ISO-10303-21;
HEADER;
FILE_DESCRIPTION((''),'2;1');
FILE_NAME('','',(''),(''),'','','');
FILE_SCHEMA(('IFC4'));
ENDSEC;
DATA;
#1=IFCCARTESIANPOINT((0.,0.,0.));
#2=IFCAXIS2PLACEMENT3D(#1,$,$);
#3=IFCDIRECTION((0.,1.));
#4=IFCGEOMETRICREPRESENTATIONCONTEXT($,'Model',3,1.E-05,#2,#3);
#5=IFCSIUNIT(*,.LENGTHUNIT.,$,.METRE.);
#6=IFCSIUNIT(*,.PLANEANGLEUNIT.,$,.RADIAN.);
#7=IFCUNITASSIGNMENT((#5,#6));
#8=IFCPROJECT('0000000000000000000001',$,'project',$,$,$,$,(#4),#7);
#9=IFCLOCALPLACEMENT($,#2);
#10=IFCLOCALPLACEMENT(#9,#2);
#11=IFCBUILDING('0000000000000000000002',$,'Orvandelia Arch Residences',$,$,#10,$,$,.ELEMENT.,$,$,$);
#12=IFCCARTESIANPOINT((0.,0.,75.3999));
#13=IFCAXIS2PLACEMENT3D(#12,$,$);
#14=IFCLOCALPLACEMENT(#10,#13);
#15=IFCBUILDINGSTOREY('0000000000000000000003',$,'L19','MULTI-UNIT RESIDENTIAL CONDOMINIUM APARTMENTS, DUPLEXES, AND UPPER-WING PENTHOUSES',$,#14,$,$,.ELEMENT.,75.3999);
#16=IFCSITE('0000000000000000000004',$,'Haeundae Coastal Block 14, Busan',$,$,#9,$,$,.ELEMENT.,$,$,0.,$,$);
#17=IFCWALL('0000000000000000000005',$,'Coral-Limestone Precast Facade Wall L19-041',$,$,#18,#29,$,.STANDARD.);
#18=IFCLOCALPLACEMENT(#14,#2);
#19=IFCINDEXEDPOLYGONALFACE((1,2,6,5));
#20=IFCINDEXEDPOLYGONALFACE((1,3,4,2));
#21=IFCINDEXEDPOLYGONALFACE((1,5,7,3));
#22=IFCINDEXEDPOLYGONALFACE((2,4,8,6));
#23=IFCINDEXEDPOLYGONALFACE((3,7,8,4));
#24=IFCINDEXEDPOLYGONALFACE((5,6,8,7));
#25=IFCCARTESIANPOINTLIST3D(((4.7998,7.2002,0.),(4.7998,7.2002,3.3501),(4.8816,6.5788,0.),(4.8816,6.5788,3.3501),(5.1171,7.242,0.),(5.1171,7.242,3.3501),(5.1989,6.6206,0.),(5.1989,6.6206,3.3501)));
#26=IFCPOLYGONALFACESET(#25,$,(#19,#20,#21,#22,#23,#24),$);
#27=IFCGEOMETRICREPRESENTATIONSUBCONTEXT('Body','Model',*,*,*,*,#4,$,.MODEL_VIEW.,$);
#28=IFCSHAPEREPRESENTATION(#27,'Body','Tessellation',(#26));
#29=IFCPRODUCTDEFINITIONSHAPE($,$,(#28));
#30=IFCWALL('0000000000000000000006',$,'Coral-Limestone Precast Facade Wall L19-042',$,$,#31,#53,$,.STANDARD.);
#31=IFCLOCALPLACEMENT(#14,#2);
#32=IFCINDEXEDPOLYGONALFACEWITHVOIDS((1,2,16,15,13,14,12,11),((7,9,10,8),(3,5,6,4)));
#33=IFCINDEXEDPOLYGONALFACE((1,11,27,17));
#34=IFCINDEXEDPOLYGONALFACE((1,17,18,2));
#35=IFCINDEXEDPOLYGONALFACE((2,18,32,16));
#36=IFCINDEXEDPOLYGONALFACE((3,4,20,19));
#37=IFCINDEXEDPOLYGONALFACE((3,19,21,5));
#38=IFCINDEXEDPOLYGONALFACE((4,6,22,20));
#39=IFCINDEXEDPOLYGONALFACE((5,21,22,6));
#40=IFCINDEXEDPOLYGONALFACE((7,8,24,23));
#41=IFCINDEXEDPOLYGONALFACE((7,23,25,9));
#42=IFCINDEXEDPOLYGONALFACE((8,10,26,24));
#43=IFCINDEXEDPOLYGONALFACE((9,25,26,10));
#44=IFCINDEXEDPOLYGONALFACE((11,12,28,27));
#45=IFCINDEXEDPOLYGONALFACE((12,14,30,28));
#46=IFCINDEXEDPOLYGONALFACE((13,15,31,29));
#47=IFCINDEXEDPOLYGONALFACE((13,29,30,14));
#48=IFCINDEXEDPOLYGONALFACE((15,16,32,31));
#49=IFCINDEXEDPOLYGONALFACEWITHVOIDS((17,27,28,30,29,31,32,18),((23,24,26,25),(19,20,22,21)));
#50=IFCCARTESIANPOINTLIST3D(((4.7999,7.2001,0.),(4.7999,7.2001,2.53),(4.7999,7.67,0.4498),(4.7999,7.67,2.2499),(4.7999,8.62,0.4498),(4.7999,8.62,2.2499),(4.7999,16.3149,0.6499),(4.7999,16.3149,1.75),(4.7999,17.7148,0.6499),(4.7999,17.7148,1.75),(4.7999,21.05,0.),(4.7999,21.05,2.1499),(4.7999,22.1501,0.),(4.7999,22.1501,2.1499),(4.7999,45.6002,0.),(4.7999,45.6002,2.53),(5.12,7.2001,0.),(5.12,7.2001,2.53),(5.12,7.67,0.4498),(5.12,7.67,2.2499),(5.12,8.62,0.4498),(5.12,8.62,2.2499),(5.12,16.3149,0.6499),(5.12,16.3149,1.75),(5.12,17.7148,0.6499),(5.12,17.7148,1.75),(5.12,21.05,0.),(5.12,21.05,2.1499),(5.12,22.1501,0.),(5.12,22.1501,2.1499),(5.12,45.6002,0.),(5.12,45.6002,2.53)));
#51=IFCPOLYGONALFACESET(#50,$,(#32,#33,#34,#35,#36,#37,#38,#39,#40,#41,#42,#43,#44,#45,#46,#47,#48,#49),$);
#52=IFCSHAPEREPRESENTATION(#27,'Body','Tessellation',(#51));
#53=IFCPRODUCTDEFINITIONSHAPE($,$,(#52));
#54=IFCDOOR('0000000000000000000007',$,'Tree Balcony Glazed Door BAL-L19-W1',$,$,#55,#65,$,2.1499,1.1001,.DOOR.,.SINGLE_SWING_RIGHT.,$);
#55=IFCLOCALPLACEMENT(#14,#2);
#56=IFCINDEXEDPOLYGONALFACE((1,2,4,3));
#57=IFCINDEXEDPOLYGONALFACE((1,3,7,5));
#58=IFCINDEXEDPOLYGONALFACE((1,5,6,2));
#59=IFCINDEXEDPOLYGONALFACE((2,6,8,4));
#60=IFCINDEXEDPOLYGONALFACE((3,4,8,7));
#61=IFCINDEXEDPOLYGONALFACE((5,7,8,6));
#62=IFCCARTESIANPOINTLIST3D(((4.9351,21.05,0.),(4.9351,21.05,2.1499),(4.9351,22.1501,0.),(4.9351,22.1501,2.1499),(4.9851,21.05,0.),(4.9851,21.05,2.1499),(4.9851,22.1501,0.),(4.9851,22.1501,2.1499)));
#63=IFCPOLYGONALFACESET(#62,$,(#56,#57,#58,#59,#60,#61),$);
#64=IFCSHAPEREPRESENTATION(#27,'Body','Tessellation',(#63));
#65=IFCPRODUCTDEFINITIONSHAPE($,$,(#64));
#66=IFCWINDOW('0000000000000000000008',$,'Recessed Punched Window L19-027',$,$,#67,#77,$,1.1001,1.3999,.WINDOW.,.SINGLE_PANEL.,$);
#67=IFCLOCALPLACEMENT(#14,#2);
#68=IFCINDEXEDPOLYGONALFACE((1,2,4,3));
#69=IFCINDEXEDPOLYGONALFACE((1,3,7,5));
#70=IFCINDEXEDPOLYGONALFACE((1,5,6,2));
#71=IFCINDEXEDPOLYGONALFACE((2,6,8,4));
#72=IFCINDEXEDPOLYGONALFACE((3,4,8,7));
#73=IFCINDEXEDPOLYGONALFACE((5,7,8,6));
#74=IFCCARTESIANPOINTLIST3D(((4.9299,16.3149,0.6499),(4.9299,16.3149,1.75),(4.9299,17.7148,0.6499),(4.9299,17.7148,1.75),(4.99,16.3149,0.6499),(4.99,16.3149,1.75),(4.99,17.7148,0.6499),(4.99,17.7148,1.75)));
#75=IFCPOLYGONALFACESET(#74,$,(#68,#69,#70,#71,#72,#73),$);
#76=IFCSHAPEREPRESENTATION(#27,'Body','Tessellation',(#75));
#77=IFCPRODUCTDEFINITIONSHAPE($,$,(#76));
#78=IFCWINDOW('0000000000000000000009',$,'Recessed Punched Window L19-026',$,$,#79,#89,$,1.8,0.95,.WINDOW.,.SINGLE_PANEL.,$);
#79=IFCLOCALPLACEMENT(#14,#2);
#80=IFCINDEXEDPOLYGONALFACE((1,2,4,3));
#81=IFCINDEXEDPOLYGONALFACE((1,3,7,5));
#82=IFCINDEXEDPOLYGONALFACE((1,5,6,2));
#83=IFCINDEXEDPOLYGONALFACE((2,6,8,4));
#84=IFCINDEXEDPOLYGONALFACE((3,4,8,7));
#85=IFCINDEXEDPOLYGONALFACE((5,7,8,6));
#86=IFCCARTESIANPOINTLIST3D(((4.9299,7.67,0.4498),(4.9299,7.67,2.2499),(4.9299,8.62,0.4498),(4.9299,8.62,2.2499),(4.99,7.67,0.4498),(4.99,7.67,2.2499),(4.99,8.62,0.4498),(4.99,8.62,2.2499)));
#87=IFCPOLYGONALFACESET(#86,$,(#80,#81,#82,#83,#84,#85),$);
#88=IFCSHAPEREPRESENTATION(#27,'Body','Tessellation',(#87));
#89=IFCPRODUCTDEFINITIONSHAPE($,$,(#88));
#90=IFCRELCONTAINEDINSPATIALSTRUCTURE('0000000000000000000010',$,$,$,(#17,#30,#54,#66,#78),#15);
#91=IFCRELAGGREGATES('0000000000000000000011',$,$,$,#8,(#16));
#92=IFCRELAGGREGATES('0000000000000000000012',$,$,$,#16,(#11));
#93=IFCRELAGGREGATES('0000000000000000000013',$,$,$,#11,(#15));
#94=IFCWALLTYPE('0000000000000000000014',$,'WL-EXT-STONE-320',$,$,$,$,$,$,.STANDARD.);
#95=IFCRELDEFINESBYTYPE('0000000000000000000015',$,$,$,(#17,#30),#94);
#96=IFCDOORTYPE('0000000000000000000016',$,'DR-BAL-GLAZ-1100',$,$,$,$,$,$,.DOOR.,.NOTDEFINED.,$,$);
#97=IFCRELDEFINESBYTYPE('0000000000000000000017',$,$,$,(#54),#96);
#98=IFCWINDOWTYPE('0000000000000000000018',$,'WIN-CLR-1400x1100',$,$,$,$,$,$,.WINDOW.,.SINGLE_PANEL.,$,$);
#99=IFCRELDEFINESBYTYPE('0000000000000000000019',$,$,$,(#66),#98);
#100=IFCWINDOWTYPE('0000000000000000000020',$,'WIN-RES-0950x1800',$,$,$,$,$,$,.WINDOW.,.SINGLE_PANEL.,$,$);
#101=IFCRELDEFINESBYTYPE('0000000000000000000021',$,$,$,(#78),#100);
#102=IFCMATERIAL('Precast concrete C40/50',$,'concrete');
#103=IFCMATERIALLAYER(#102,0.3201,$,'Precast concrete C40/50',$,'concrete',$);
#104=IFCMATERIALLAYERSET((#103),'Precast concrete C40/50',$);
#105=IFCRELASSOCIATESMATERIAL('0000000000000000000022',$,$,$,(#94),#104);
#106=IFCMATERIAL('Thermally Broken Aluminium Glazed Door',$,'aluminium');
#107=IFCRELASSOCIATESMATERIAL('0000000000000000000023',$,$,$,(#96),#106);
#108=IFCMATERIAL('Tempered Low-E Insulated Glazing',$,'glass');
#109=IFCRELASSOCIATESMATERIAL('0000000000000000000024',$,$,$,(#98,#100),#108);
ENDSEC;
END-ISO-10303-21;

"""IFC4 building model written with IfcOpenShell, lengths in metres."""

from ifc_helpers import new_model, si_unit, direction, frame, frame_2d, origin, place, context, subcontext, project, spatial, rectangle, extrude, material, layer, layer_set, type_object, element, fill, save


model = new_model("IFC4")

# Units and contexts
model_context = context("Model", 3, precision=1e-05, world=origin(), true_north=direction((0.0, 1.0)))
body_context = subcontext(model_context, "Body", "Model", "MODEL_VIEW")
ifc_project = project(units=[si_unit("LENGTHUNIT", "METRE"), si_unit("PLANEANGLEUNIT", "RADIAN")], contexts=[model_context])

# Site, building, storey
site_placement = place(None, origin())
site = spatial("IfcSite", under=ifc_project, at=site_placement, Name="Haeundae Coastal Block 14, Busan", CompositionType="ELEMENT", RefElevation=0.0)
building_placement = place(site_placement, origin())
building = spatial("IfcBuilding", under=site, at=building_placement, Name="Orvandelia Arch Residences", CompositionType="ELEMENT")
storey_placement = place(building_placement, frame((0.0, 0.0, 75.3999)))
storey = spatial("IfcBuildingStorey", under=building, at=storey_placement, Name="L19", Description="MULTI-UNIT RESIDENTIAL CONDOMINIUM APARTMENTS, DUPLEXES, AND UPPER-WING PENTHOUSES", CompositionType="ELEMENT", Elevation=75.3999)

# Shared definitions
ifc_material_1 = material(Name="Precast concrete C40/50", Category="concrete")

# Wall
ifc_layer_1 = layer(ifc_material_1, 0.3201, Name="Precast concrete C40/50", Category="concrete")
ifc_layer_set_1 = layer_set([ifc_layer_1], Name="Precast concrete C40/50")
wall_type = type_object("IfcWallType", Name="WL-EXT-STONE-320", PredefinedType="STANDARD", material=ifc_layer_set_1)
wall_1_placement = place(storey_placement, frame((5.0403, 6.5996, 0.0), z_axis=(0.0, 0.0, 1.0), x_axis=(-0.130505, 0.991448, 0.0)))
element("IfcWall", 1, at=wall_1_placement, inside=storey, type_object=wall_type, Name="Coral-Limestone Precast Facade Wall L19-041", PredefinedType="STANDARD", context=body_context, shape_type="SweptSolid", body=[
    extrude(rectangle(XDim=0.6267, YDim=0.3201, at=frame_2d((0.3135, 0.0))), origin(), (0.0, 0.0, 1.0), 3.3501),
])

# Wall, openings, door, windows
wall_2_placement = place(storey_placement, frame((4.96, 7.2, 0.0), z_axis=(0.0, 0.0, 1.0), x_axis=(0.0, 1.0, 0.0)))
wall_2 = element("IfcWall", 2, at=wall_2_placement, inside=storey, type_object=wall_type, Name="Coral-Limestone Precast Facade Wall L19-042", PredefinedType="STANDARD", context=body_context, shape_type="SweptSolid", body=[
    extrude(rectangle(XDim=38.4001, YDim=0.3201, at=frame_2d((19.2002, 0.0))), origin(), (0.0, 0.0, 1.0), 2.53),
])
opening_1_placement = place(wall_2_placement, frame((13.8501, 0.0, 0.0)))
opening_1 = element("IfcOpeningElement", 3, at=opening_1_placement, cuts=wall_2, PredefinedType="OPENING", context=body_context, shape_type="SweptSolid", body=[
    extrude(rectangle(XDim=1.1001, YDim=2.1499, at=frame_2d((0.55, 1.075))), frame((0.0, 0.1699, 0.0), z_axis=(0.0, -1.0, 0.0), x_axis=(1.0, 0.0, 0.0)), (0.0, 0.0, 1.0), 0.3401),
])
opening_2_placement = place(wall_2_placement, frame((0.47, 0.0, 0.45)))
opening_2 = element("IfcOpeningElement", 4, at=opening_2_placement, cuts=wall_2, PredefinedType="OPENING", context=body_context, shape_type="SweptSolid", body=[
    extrude(rectangle(XDim=0.95, YDim=1.8, at=frame_2d((0.4751, 0.8999))), frame((0.0, 0.1699, 0.0), z_axis=(0.0, -1.0, 0.0), x_axis=(1.0, 0.0, 0.0)), (0.0, 0.0, 1.0), 0.3401),
])
opening_3_placement = place(wall_2_placement, frame((9.115, 0.0, 0.6499)))
opening_3 = element("IfcOpeningElement", 5, at=opening_3_placement, cuts=wall_2, PredefinedType="OPENING", context=body_context, shape_type="SweptSolid", body=[
    extrude(rectangle(XDim=1.3999, YDim=1.1001, at=frame_2d((0.7, 0.55))), frame((0.0, 0.1699, 0.0), z_axis=(0.0, -1.0, 0.0), x_axis=(1.0, 0.0, 0.0)), (0.0, 0.0, 1.0), 0.3401),
])
ifc_material_2 = material(Name="Thermally Broken Aluminium Glazed Door", Category="aluminium")
door_type = type_object("IfcDoorType", Name="DR-BAL-GLAZ-1100", OperationType="NOTDEFINED", PredefinedType="DOOR", material=ifc_material_2)
door_placement = place(opening_1_placement, origin())
door = element("IfcDoor", 6, at=door_placement, inside=storey, type_object=door_type, Name="Tree Balcony Glazed Door BAL-L19-W1", OperationType="SINGLE_SWING_RIGHT", OverallHeight=2.1499, OverallWidth=1.1001, PredefinedType="DOOR", context=body_context, shape_type="SweptSolid", body=[
    extrude(rectangle(XDim=1.1001, YDim=2.1499, at=frame_2d((0.55, 1.075))), frame((0.0, 0.0249, 0.0), z_axis=(0.0, -1.0, 0.0), x_axis=(1.0, 0.0, 0.0)), (0.0, 0.0, 1.0), 0.05),
])
fill(opening_1, door)
ifc_material_3 = material(Name="Tempered Low-E Insulated Glazing", Category="glass")
window_type_1 = type_object("IfcWindowType", Name="WIN-CLR-1400x1100", PartitioningType="SINGLE_PANEL", PredefinedType="WINDOW", material=ifc_material_3)
window_1_placement = place(opening_3_placement, origin())
window_1 = element("IfcWindow", 7, at=window_1_placement, inside=storey, type_object=window_type_1, Name="Recessed Punched Window L19-027", OverallHeight=1.1001, OverallWidth=1.3999, PartitioningType="SINGLE_PANEL", PredefinedType="WINDOW", context=body_context, shape_type="SweptSolid", body=[
    extrude(rectangle(XDim=1.3999, YDim=1.1001, at=frame_2d((0.7, 0.55))), frame((0.0, 0.03, 0.0), z_axis=(0.0, -1.0, 0.0), x_axis=(1.0, 0.0, 0.0)), (0.0, 0.0, 1.0), 0.0601),
])
fill(opening_3, window_1)
window_type_2 = type_object("IfcWindowType", Name="WIN-RES-0950x1800", PartitioningType="SINGLE_PANEL", PredefinedType="WINDOW", material=ifc_material_3)
window_2_placement = place(opening_2_placement, origin())
window_2 = element("IfcWindow", 8, at=window_2_placement, inside=storey, type_object=window_type_2, Name="Recessed Punched Window L19-026", OverallHeight=1.8, OverallWidth=0.95, PartitioningType="SINGLE_PANEL", PredefinedType="WINDOW", context=body_context, shape_type="SweptSolid", body=[
    extrude(rectangle(XDim=0.95, YDim=1.8, at=frame_2d((0.4751, 0.8999))), frame((0.0, 0.03, 0.0), z_axis=(0.0, -1.0, 0.0), x_axis=(1.0, 0.0, 0.0)), (0.0, 0.0, 1.0), 0.0601),
])
fill(opening_2, window_2)

save(model, "model.ifc")
